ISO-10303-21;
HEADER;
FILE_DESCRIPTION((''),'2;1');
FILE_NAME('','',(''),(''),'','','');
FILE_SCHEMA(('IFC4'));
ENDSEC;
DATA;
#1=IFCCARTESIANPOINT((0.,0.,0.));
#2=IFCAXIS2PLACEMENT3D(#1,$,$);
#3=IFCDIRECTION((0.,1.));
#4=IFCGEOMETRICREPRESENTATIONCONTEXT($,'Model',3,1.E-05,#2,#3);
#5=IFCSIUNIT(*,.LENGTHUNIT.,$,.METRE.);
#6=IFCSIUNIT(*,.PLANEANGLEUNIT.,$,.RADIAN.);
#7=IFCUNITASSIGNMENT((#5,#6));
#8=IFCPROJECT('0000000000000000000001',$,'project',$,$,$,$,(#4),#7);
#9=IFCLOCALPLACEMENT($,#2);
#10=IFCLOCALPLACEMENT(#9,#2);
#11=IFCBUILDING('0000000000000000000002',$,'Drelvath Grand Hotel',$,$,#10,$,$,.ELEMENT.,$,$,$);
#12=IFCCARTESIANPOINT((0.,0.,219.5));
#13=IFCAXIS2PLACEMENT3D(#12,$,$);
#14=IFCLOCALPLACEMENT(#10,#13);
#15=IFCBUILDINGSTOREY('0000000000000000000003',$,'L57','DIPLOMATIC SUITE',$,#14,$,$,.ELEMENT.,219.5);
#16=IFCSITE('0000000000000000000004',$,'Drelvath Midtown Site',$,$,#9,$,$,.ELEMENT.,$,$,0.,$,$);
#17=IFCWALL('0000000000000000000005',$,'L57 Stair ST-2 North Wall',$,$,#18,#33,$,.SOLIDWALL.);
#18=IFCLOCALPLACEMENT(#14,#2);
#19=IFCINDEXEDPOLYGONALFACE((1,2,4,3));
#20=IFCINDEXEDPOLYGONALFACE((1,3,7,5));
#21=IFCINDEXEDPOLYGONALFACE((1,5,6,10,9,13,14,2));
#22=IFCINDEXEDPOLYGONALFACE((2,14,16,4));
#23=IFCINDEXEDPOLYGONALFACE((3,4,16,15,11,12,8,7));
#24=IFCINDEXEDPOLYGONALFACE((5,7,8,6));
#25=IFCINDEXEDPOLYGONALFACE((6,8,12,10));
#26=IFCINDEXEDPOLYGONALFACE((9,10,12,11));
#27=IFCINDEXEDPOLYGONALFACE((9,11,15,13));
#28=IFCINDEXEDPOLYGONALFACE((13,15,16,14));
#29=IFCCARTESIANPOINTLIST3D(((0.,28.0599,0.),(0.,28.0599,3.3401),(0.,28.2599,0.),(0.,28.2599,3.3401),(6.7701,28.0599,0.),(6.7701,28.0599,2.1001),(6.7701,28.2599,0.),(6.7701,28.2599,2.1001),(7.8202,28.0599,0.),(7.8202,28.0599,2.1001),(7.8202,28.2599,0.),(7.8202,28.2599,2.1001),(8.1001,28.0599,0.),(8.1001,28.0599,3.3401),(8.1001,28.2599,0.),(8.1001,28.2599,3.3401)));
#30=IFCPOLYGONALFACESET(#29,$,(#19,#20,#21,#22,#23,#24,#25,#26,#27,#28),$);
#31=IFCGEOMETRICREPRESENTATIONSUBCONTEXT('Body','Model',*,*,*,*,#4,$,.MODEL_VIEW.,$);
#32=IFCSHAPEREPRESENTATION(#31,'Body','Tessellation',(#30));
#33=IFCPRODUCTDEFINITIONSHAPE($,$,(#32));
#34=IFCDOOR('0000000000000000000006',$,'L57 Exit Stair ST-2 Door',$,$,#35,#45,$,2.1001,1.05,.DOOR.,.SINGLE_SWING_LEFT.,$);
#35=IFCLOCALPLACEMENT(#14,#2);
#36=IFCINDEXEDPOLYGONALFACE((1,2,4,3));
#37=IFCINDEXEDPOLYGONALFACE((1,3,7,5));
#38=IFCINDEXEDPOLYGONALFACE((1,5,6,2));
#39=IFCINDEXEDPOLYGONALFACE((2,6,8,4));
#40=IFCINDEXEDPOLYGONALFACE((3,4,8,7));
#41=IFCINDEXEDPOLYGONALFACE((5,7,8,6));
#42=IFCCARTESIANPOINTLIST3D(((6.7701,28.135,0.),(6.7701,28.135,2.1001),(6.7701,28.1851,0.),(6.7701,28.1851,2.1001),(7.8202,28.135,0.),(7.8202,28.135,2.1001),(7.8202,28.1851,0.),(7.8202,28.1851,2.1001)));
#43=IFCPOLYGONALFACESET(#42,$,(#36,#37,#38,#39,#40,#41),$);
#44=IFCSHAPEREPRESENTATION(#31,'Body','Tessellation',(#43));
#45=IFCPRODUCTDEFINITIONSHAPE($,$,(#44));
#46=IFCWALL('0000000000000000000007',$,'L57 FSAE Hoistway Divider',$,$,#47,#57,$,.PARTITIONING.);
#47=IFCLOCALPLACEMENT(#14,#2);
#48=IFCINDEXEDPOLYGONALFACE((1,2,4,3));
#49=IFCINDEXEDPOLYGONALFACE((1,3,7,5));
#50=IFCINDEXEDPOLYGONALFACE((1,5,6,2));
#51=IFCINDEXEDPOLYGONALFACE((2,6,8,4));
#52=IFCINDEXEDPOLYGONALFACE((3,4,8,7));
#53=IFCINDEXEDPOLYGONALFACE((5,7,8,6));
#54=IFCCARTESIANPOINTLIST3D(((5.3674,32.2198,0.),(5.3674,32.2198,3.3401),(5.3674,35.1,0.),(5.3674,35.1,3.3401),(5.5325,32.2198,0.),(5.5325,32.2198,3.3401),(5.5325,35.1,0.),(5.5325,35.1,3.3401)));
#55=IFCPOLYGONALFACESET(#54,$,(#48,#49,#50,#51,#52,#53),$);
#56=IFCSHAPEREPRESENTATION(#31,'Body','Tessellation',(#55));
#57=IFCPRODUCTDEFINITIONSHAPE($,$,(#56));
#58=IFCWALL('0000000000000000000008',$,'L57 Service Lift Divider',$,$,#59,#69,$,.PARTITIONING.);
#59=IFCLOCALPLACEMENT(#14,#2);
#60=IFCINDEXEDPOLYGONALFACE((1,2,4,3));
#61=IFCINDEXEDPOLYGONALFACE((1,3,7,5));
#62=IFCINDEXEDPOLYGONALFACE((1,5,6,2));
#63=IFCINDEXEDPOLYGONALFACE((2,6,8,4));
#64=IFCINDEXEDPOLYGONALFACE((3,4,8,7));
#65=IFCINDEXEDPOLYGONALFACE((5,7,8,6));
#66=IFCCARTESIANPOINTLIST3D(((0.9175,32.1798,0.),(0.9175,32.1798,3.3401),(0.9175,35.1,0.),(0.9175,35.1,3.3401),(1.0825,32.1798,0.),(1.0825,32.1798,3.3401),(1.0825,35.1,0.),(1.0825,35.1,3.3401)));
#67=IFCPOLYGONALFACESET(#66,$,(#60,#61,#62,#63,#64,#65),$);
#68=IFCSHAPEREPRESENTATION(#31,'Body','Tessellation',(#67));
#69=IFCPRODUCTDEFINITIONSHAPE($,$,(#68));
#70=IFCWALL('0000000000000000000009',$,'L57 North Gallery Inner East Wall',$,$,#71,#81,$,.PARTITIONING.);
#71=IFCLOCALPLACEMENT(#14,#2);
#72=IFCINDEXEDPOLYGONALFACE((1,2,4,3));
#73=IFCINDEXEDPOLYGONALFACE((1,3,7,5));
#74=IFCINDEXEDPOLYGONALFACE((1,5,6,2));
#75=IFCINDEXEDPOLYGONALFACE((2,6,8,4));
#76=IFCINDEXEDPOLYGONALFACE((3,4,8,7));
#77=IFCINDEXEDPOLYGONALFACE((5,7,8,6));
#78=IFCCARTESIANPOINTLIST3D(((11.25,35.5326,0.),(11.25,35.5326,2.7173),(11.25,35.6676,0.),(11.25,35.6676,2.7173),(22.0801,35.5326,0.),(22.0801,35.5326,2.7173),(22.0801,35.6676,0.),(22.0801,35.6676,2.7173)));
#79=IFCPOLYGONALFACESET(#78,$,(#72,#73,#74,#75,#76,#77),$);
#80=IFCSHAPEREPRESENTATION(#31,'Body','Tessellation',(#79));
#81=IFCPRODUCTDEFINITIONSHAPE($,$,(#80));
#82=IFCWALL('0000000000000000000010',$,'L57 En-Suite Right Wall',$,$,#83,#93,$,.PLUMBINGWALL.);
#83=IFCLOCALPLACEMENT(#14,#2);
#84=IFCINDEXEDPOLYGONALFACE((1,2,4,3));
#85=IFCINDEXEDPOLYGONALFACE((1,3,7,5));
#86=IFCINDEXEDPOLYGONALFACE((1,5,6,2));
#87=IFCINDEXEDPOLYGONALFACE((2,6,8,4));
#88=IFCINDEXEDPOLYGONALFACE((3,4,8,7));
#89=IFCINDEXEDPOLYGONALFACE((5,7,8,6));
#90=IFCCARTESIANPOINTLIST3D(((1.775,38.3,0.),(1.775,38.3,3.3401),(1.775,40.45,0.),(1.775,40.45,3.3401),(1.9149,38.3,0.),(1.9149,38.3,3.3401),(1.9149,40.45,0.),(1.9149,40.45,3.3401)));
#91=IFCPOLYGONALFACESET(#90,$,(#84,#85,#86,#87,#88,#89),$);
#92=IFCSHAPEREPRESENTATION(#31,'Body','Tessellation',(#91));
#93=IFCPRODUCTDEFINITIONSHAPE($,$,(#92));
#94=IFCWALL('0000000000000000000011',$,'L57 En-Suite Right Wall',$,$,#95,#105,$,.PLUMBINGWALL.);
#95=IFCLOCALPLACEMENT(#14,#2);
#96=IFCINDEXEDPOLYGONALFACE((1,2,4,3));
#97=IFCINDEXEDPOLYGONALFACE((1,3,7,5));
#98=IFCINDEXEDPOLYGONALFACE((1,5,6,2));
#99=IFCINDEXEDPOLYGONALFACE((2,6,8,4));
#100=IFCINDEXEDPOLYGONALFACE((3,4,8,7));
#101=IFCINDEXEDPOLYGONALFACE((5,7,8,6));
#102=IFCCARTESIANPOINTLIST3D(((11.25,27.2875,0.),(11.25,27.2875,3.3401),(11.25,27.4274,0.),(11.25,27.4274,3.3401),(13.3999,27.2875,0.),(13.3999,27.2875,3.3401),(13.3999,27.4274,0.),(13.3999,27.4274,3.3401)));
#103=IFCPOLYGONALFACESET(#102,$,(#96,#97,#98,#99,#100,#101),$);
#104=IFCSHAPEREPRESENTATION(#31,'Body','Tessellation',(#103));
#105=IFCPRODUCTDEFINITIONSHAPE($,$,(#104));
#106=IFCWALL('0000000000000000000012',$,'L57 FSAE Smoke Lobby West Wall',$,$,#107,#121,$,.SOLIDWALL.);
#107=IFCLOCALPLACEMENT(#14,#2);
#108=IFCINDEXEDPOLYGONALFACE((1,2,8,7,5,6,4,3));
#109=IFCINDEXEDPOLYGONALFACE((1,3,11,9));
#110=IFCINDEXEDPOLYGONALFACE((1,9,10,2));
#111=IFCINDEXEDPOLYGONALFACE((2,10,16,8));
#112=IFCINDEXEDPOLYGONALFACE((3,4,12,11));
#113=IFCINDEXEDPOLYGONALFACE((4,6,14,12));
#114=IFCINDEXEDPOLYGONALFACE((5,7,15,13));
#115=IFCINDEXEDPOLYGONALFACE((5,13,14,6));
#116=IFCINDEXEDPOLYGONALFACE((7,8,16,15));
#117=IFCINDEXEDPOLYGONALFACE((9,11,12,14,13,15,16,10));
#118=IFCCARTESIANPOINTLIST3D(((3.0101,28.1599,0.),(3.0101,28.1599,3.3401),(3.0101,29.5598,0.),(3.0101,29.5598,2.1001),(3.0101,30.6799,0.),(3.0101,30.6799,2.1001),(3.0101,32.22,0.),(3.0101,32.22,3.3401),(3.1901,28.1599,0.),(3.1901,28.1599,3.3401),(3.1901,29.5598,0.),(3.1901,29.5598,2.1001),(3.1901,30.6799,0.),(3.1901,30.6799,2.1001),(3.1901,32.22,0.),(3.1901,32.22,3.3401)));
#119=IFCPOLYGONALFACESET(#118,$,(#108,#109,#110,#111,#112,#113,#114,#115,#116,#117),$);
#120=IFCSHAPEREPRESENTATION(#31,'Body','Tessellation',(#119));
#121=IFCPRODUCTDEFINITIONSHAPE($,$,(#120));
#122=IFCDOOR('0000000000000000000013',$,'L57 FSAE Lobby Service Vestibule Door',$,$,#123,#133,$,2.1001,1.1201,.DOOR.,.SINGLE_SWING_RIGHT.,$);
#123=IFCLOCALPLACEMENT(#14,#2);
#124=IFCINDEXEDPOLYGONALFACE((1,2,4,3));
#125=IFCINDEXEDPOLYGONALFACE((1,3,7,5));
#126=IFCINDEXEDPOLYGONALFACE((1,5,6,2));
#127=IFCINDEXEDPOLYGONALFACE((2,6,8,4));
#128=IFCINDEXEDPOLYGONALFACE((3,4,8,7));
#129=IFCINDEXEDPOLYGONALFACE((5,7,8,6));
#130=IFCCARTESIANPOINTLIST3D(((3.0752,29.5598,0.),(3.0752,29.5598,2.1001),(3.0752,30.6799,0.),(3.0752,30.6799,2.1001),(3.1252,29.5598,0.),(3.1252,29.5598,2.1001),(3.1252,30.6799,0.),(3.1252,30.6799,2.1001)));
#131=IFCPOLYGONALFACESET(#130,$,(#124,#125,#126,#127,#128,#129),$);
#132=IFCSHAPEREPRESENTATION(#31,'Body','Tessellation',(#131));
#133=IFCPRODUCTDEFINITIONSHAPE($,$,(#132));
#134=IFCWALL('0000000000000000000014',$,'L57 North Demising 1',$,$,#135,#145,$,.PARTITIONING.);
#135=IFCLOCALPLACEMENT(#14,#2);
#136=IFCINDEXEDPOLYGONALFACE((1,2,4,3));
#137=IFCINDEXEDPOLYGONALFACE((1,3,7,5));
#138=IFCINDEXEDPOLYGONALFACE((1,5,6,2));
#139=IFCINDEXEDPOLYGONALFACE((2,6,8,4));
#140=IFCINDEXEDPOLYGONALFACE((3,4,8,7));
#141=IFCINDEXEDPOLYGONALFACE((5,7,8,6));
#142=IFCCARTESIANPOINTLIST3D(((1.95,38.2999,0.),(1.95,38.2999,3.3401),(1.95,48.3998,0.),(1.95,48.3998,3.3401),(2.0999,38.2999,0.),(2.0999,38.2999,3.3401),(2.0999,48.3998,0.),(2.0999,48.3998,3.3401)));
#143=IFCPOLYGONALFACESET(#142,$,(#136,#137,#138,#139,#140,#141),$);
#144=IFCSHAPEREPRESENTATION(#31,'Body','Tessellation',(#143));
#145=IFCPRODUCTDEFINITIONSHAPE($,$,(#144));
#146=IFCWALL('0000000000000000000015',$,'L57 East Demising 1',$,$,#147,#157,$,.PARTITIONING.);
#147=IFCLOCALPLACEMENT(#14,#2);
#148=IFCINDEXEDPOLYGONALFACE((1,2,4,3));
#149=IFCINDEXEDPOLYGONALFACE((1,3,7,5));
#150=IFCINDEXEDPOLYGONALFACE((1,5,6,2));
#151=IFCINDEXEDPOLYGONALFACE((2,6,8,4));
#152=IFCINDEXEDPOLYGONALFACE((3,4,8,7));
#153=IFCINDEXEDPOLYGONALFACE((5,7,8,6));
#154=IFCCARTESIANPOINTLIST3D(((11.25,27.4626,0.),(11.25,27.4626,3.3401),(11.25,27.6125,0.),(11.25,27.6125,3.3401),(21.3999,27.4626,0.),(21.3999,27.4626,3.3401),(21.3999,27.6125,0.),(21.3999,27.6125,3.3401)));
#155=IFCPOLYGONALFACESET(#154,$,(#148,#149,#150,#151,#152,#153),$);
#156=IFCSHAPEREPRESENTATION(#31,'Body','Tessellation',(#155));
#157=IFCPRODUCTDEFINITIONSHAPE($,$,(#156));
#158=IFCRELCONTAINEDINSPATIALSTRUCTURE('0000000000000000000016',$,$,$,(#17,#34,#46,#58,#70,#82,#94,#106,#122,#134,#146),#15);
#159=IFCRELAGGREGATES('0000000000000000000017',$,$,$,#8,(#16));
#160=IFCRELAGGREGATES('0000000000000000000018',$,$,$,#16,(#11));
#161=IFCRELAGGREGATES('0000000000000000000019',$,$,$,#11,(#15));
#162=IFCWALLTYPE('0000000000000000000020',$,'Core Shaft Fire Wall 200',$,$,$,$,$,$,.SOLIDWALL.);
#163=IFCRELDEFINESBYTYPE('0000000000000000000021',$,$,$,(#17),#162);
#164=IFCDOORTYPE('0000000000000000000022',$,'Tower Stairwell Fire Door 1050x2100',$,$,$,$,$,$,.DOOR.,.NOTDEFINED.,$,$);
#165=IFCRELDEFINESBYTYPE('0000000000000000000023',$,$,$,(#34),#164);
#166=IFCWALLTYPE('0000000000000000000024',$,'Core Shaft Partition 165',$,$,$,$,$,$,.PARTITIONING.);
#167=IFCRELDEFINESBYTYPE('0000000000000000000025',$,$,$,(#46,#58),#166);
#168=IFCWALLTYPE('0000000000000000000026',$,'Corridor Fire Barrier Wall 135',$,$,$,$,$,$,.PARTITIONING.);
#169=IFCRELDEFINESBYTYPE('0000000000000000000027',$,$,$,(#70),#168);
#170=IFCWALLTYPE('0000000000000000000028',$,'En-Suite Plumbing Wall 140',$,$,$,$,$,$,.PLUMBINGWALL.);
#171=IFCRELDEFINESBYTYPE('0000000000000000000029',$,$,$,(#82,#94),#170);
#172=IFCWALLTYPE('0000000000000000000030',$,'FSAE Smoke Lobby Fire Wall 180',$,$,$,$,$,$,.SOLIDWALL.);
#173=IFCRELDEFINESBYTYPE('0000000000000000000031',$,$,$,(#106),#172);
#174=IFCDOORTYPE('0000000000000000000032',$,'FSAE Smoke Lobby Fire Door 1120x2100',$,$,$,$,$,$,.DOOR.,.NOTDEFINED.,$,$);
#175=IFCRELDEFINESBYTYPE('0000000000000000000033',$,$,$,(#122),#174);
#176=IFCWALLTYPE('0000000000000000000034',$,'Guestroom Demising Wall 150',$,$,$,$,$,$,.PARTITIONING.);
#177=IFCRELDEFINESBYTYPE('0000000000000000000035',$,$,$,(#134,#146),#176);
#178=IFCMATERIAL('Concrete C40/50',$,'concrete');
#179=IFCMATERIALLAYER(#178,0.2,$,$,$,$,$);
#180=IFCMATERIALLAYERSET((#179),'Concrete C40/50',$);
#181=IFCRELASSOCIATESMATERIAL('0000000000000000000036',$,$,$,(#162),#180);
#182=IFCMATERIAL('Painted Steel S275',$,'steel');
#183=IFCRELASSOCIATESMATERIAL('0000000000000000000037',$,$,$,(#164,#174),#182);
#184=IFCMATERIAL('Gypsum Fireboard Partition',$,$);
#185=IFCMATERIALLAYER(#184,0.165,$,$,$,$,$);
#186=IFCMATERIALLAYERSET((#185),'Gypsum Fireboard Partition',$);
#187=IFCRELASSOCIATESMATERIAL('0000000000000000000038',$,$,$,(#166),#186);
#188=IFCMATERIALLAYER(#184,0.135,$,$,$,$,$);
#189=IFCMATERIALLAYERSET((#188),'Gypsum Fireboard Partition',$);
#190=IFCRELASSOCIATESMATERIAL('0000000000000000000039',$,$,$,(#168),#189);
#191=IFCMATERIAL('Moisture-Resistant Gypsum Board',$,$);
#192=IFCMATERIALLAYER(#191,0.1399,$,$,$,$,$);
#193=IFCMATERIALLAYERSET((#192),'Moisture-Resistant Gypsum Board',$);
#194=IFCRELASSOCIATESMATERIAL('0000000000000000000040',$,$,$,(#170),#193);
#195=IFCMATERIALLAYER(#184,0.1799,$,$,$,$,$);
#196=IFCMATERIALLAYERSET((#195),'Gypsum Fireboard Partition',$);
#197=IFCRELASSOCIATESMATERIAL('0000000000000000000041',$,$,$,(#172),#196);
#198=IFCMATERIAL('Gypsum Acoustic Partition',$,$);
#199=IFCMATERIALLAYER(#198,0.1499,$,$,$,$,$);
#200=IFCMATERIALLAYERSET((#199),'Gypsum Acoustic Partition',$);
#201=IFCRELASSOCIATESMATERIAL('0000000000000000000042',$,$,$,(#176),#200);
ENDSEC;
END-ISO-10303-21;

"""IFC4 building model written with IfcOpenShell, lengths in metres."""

from ifc_helpers import new_model, si_unit, direction, frame, frame_2d, origin, place, context, subcontext, project, spatial, rectangle, extrude, material, layer, layer_set, type_object, element, fill, save


model = new_model("IFC4")

# Units and contexts
model_context = context("Model", 3, precision=1e-05, world=origin(), true_north=direction((0.0, 1.0)))
body_context = subcontext(model_context, "Body", "Model", "MODEL_VIEW")
ifc_project = project(units=[si_unit("LENGTHUNIT", "METRE"), si_unit("PLANEANGLEUNIT", "RADIAN")], contexts=[model_context])

# Site, building, storey
site_placement = place(None, origin())
site = spatial("IfcSite", under=ifc_project, at=site_placement, Name="Drelvath Midtown Site", CompositionType="ELEMENT", RefElevation=0.0)
building_placement = place(site_placement, origin())
building = spatial("IfcBuilding", under=site, at=building_placement, Name="Drelvath Grand Hotel", CompositionType="ELEMENT")
storey_placement = place(building_placement, frame((0.0, 0.0, 219.5)))
storey = spatial("IfcBuildingStorey", under=building, at=storey_placement, Name="L57", Description="DIPLOMATIC SUITE", CompositionType="ELEMENT", Elevation=219.5)

# Shared definitions
ifc_material_1 = material(Name="Concrete C40/50", Category="concrete")

# Wall, opening, door
ifc_layer_1 = layer(ifc_material_1, 0.2)
ifc_layer_set_1 = layer_set([ifc_layer_1], Name="Concrete C40/50")
wall_type_1 = type_object("IfcWallType", Name="Core Shaft Fire Wall 200", PredefinedType="SOLIDWALL", material=ifc_layer_set_1)
wall_1_placement = place(storey_placement, frame((8.1001, 28.1599, 0.0), z_axis=(0.0, 0.0, 1.0), x_axis=(-1.0, 0.0, 0.0)))
wall_1 = element("IfcWall", 1, at=wall_1_placement, inside=storey, type_object=wall_type_1, Name="L57 Stair ST-2 North Wall", PredefinedType="SOLIDWALL", context=body_context, shape_type="SweptSolid", body=[
    extrude(rectangle(XDim=8.1001, YDim=0.2, at=frame_2d((4.05, 0.0))), origin(), (0.0, 0.0, 1.0), 3.3401),
])
opening_1_placement = place(wall_1_placement, frame((0.28, 0.0, 0.0)))
opening_1 = element("IfcOpeningElement", 2, at=opening_1_placement, cuts=wall_1, PredefinedType="OPENING", context=body_context, shape_type="SweptSolid", body=[
    extrude(rectangle(XDim=1.05, YDim=2.1001, at=frame_2d((0.5249, 1.05))), frame((0.0, 0.1099, 0.0), z_axis=(0.0, -1.0, 0.0), x_axis=(1.0, 0.0, 0.0)), (0.0, 0.0, 1.0), 0.22),
])
ifc_material_2 = material(Name="Painted Steel S275", Category="steel")
door_type_1 = type_object("IfcDoorType", Name="Tower Stairwell Fire Door 1050x2100", OperationType="NOTDEFINED", PredefinedType="DOOR", material=ifc_material_2)
door_1_placement = place(opening_1_placement, origin())
door_1 = element("IfcDoor", 3, at=door_1_placement, inside=storey, type_object=door_type_1, Name="L57 Exit Stair ST-2 Door", OperationType="SINGLE_SWING_LEFT", OverallHeight=2.1001, OverallWidth=1.05, PredefinedType="DOOR", context=body_context, shape_type="SweptSolid", body=[
    extrude(rectangle(XDim=1.05, YDim=2.1001, at=frame_2d((0.5249, 1.05))), frame((0.0, 0.0249, 0.0), z_axis=(0.0, -1.0, 0.0), x_axis=(1.0, 0.0, 0.0)), (0.0, 0.0, 1.0), 0.05),
])
fill(opening_1, door_1)

# Walls
ifc_material_3 = material(Name="Gypsum Fireboard Partition")
ifc_layer_2 = layer(ifc_material_3, 0.165)
ifc_layer_set_2 = layer_set([ifc_layer_2], Name="Gypsum Fireboard Partition")
wall_type_2 = type_object("IfcWallType", Name="Core Shaft Partition 165", PredefinedType="PARTITIONING", material=ifc_layer_set_2)
wall_2_placement = place(storey_placement, frame((5.45, 32.22, 0.0), z_axis=(0.0, 0.0, 1.0), x_axis=(0.0, 1.0, 0.0)))
element("IfcWall", 4, at=wall_2_placement, inside=storey, type_object=wall_type_2, Name="L57 FSAE Hoistway Divider", PredefinedType="PARTITIONING", context=body_context, shape_type="SweptSolid", body=[
    extrude(rectangle(XDim=2.8801, YDim=0.165, at=frame_2d((1.4399, 0.0))), origin(), (0.0, 0.0, 1.0), 3.3401),
])
wall_3_placement = place(storey_placement, frame((1.0, 32.1799, 0.0), z_axis=(0.0, 0.0, 1.0), x_axis=(0.0, 1.0, 0.0)))
element("IfcWall", 5, at=wall_3_placement, inside=storey, type_object=wall_type_2, Name="L57 Service Lift Divider", PredefinedType="PARTITIONING", context=body_context, shape_type="SweptSolid", body=[
    extrude(rectangle(XDim=2.9202, YDim=0.165, at=frame_2d((1.46, 0.0))), origin(), (0.0, 0.0, 1.0), 3.3401),
])
ifc_layer_3 = layer(ifc_material_3, 0.135)
ifc_layer_set_3 = layer_set([ifc_layer_3], Name="Gypsum Fireboard Partition")
wall_type_3 = type_object("IfcWallType", Name="Corridor Fire Barrier Wall 135", PredefinedType="PARTITIONING", material=ifc_layer_set_3)
wall_4_placement = place(storey_placement, frame((11.25, 35.6001, 0.0), z_axis=(0.0, 0.0, 1.0), x_axis=(1.0, 0.0, 0.0)))
element("IfcWall", 6, at=wall_4_placement, inside=storey, type_object=wall_type_3, Name="L57 North Gallery Inner East Wall", PredefinedType="PARTITIONING", context=body_context, shape_type="SweptSolid", body=[
    extrude(rectangle(XDim=10.8301, YDim=0.135, at=frame_2d((5.415, 0.0))), origin(), (0.0, 0.0, 1.0), 2.7173),
])
ifc_material_4 = material(Name="Moisture-Resistant Gypsum Board")
ifc_layer_4 = layer(ifc_material_4, 0.1399)
ifc_layer_set_4 = layer_set([ifc_layer_4], Name="Moisture-Resistant Gypsum Board")
wall_type_4 = type_object("IfcWallType", Name="En-Suite Plumbing Wall 140", PredefinedType="PLUMBINGWALL", material=ifc_layer_set_4)
for number, where, z_axis, x_axis, name in (
    (7, (1.845, 38.3, 0.0), (0.0, 0.0, 1.0), (0.0, 1.0, 0.0), "L57 En-Suite Right Wall"),
    (8, (11.25, 27.3574, 0.0), (0.0, 0.0, 1.0), (1.0, 0.0, 0.0), "L57 En-Suite Right Wall"),
):
    element("IfcWall", number, at=place(storey_placement, frame(where, z_axis=z_axis, x_axis=x_axis)), inside=storey, type_object=wall_type_4, Name=name, PredefinedType="PLUMBINGWALL", context=body_context, shape_type="SweptSolid", body=[
        extrude(rectangle(XDim=2.1499, YDim=0.1399, at=frame_2d((1.075, 0.0))), origin(), (0.0, 0.0, 1.0), 3.3401),
    ])

# Wall, opening, door
ifc_layer_5 = layer(ifc_material_3, 0.1799)
ifc_layer_set_5 = layer_set([ifc_layer_5], Name="Gypsum Fireboard Partition")
wall_type_5 = type_object("IfcWallType", Name="FSAE Smoke Lobby Fire Wall 180", PredefinedType="SOLIDWALL", material=ifc_layer_set_5)
wall_5_placement = place(storey_placement, frame((3.1001, 28.1599, 0.0), z_axis=(0.0, 0.0, 1.0), x_axis=(0.0, 1.0, 0.0)))
wall_5 = element("IfcWall", 9, at=wall_5_placement, inside=storey, type_object=wall_type_5, Name="L57 FSAE Smoke Lobby West Wall", PredefinedType="SOLIDWALL", context=body_context, shape_type="SweptSolid", body=[
    extrude(rectangle(XDim=4.0601, YDim=0.1799, at=frame_2d((2.03, 0.0))), origin(), (0.0, 0.0, 1.0), 3.3401),
])
opening_2_placement = place(wall_5_placement, frame((1.3999, 0.0, 0.0)))
opening_2 = element("IfcOpeningElement", 10, at=opening_2_placement, cuts=wall_5, PredefinedType="OPENING", context=body_context, shape_type="SweptSolid", body=[
    extrude(rectangle(XDim=1.1201, YDim=2.1001, at=frame_2d((0.5601, 1.05))), frame((0.0, 0.0999, 0.0), z_axis=(0.0, -1.0, 0.0), x_axis=(1.0, 0.0, 0.0)), (0.0, 0.0, 1.0), 0.2),
])
door_type_2 = type_object("IfcDoorType", Name="FSAE Smoke Lobby Fire Door 1120x2100", OperationType="NOTDEFINED", PredefinedType="DOOR", material=ifc_material_2)
door_2_placement = place(opening_2_placement, origin())
door_2 = element("IfcDoor", 11, at=door_2_placement, inside=storey, type_object=door_type_2, Name="L57 FSAE Lobby Service Vestibule Door", OperationType="SINGLE_SWING_RIGHT", OverallHeight=2.1001, OverallWidth=1.1201, PredefinedType="DOOR", context=body_context, shape_type="SweptSolid", body=[
    extrude(rectangle(XDim=1.1201, YDim=2.1001, at=frame_2d((0.5601, 1.05))), frame((0.0, 0.0249, 0.0), z_axis=(0.0, -1.0, 0.0), x_axis=(1.0, 0.0, 0.0)), (0.0, 0.0, 1.0), 0.05),
])
fill(opening_2, door_2)

# Walls
ifc_material_5 = material(Name="Gypsum Acoustic Partition")
ifc_layer_6 = layer(ifc_material_5, 0.1499)
ifc_layer_set_6 = layer_set([ifc_layer_6], Name="Gypsum Acoustic Partition")
wall_type_6 = type_object("IfcWallType", Name="Guestroom Demising Wall 150", PredefinedType="PARTITIONING", material=ifc_layer_set_6)
wall_6_placement = place(storey_placement, frame((2.0249, 38.3, 0.0), z_axis=(0.0, 0.0, 1.0), x_axis=(0.0, 1.0, 0.0)))
element("IfcWall", 12, at=wall_6_placement, inside=storey, type_object=wall_type_6, Name="L57 North Demising 1", PredefinedType="PARTITIONING", context=body_context, shape_type="SweptSolid", body=[
    extrude(rectangle(XDim=10.0999, YDim=0.1499, at=frame_2d((5.0498, 0.0))), origin(), (0.0, 0.0, 1.0), 3.3401),
])
wall_7_placement = place(storey_placement, frame((11.25, 27.5376, 0.0), z_axis=(0.0, 0.0, 1.0), x_axis=(1.0, 0.0, 0.0)))
element("IfcWall", 13, at=wall_7_placement, inside=storey, type_object=wall_type_6, Name="L57 East Demising 1", PredefinedType="PARTITIONING", context=body_context, shape_type="SweptSolid", body=[
    extrude(rectangle(XDim=10.1499, YDim=0.1499, at=frame_2d((5.075, 0.0))), origin(), (0.0, 0.0, 1.0), 3.3401),
])

save(model, "model.ifc")
